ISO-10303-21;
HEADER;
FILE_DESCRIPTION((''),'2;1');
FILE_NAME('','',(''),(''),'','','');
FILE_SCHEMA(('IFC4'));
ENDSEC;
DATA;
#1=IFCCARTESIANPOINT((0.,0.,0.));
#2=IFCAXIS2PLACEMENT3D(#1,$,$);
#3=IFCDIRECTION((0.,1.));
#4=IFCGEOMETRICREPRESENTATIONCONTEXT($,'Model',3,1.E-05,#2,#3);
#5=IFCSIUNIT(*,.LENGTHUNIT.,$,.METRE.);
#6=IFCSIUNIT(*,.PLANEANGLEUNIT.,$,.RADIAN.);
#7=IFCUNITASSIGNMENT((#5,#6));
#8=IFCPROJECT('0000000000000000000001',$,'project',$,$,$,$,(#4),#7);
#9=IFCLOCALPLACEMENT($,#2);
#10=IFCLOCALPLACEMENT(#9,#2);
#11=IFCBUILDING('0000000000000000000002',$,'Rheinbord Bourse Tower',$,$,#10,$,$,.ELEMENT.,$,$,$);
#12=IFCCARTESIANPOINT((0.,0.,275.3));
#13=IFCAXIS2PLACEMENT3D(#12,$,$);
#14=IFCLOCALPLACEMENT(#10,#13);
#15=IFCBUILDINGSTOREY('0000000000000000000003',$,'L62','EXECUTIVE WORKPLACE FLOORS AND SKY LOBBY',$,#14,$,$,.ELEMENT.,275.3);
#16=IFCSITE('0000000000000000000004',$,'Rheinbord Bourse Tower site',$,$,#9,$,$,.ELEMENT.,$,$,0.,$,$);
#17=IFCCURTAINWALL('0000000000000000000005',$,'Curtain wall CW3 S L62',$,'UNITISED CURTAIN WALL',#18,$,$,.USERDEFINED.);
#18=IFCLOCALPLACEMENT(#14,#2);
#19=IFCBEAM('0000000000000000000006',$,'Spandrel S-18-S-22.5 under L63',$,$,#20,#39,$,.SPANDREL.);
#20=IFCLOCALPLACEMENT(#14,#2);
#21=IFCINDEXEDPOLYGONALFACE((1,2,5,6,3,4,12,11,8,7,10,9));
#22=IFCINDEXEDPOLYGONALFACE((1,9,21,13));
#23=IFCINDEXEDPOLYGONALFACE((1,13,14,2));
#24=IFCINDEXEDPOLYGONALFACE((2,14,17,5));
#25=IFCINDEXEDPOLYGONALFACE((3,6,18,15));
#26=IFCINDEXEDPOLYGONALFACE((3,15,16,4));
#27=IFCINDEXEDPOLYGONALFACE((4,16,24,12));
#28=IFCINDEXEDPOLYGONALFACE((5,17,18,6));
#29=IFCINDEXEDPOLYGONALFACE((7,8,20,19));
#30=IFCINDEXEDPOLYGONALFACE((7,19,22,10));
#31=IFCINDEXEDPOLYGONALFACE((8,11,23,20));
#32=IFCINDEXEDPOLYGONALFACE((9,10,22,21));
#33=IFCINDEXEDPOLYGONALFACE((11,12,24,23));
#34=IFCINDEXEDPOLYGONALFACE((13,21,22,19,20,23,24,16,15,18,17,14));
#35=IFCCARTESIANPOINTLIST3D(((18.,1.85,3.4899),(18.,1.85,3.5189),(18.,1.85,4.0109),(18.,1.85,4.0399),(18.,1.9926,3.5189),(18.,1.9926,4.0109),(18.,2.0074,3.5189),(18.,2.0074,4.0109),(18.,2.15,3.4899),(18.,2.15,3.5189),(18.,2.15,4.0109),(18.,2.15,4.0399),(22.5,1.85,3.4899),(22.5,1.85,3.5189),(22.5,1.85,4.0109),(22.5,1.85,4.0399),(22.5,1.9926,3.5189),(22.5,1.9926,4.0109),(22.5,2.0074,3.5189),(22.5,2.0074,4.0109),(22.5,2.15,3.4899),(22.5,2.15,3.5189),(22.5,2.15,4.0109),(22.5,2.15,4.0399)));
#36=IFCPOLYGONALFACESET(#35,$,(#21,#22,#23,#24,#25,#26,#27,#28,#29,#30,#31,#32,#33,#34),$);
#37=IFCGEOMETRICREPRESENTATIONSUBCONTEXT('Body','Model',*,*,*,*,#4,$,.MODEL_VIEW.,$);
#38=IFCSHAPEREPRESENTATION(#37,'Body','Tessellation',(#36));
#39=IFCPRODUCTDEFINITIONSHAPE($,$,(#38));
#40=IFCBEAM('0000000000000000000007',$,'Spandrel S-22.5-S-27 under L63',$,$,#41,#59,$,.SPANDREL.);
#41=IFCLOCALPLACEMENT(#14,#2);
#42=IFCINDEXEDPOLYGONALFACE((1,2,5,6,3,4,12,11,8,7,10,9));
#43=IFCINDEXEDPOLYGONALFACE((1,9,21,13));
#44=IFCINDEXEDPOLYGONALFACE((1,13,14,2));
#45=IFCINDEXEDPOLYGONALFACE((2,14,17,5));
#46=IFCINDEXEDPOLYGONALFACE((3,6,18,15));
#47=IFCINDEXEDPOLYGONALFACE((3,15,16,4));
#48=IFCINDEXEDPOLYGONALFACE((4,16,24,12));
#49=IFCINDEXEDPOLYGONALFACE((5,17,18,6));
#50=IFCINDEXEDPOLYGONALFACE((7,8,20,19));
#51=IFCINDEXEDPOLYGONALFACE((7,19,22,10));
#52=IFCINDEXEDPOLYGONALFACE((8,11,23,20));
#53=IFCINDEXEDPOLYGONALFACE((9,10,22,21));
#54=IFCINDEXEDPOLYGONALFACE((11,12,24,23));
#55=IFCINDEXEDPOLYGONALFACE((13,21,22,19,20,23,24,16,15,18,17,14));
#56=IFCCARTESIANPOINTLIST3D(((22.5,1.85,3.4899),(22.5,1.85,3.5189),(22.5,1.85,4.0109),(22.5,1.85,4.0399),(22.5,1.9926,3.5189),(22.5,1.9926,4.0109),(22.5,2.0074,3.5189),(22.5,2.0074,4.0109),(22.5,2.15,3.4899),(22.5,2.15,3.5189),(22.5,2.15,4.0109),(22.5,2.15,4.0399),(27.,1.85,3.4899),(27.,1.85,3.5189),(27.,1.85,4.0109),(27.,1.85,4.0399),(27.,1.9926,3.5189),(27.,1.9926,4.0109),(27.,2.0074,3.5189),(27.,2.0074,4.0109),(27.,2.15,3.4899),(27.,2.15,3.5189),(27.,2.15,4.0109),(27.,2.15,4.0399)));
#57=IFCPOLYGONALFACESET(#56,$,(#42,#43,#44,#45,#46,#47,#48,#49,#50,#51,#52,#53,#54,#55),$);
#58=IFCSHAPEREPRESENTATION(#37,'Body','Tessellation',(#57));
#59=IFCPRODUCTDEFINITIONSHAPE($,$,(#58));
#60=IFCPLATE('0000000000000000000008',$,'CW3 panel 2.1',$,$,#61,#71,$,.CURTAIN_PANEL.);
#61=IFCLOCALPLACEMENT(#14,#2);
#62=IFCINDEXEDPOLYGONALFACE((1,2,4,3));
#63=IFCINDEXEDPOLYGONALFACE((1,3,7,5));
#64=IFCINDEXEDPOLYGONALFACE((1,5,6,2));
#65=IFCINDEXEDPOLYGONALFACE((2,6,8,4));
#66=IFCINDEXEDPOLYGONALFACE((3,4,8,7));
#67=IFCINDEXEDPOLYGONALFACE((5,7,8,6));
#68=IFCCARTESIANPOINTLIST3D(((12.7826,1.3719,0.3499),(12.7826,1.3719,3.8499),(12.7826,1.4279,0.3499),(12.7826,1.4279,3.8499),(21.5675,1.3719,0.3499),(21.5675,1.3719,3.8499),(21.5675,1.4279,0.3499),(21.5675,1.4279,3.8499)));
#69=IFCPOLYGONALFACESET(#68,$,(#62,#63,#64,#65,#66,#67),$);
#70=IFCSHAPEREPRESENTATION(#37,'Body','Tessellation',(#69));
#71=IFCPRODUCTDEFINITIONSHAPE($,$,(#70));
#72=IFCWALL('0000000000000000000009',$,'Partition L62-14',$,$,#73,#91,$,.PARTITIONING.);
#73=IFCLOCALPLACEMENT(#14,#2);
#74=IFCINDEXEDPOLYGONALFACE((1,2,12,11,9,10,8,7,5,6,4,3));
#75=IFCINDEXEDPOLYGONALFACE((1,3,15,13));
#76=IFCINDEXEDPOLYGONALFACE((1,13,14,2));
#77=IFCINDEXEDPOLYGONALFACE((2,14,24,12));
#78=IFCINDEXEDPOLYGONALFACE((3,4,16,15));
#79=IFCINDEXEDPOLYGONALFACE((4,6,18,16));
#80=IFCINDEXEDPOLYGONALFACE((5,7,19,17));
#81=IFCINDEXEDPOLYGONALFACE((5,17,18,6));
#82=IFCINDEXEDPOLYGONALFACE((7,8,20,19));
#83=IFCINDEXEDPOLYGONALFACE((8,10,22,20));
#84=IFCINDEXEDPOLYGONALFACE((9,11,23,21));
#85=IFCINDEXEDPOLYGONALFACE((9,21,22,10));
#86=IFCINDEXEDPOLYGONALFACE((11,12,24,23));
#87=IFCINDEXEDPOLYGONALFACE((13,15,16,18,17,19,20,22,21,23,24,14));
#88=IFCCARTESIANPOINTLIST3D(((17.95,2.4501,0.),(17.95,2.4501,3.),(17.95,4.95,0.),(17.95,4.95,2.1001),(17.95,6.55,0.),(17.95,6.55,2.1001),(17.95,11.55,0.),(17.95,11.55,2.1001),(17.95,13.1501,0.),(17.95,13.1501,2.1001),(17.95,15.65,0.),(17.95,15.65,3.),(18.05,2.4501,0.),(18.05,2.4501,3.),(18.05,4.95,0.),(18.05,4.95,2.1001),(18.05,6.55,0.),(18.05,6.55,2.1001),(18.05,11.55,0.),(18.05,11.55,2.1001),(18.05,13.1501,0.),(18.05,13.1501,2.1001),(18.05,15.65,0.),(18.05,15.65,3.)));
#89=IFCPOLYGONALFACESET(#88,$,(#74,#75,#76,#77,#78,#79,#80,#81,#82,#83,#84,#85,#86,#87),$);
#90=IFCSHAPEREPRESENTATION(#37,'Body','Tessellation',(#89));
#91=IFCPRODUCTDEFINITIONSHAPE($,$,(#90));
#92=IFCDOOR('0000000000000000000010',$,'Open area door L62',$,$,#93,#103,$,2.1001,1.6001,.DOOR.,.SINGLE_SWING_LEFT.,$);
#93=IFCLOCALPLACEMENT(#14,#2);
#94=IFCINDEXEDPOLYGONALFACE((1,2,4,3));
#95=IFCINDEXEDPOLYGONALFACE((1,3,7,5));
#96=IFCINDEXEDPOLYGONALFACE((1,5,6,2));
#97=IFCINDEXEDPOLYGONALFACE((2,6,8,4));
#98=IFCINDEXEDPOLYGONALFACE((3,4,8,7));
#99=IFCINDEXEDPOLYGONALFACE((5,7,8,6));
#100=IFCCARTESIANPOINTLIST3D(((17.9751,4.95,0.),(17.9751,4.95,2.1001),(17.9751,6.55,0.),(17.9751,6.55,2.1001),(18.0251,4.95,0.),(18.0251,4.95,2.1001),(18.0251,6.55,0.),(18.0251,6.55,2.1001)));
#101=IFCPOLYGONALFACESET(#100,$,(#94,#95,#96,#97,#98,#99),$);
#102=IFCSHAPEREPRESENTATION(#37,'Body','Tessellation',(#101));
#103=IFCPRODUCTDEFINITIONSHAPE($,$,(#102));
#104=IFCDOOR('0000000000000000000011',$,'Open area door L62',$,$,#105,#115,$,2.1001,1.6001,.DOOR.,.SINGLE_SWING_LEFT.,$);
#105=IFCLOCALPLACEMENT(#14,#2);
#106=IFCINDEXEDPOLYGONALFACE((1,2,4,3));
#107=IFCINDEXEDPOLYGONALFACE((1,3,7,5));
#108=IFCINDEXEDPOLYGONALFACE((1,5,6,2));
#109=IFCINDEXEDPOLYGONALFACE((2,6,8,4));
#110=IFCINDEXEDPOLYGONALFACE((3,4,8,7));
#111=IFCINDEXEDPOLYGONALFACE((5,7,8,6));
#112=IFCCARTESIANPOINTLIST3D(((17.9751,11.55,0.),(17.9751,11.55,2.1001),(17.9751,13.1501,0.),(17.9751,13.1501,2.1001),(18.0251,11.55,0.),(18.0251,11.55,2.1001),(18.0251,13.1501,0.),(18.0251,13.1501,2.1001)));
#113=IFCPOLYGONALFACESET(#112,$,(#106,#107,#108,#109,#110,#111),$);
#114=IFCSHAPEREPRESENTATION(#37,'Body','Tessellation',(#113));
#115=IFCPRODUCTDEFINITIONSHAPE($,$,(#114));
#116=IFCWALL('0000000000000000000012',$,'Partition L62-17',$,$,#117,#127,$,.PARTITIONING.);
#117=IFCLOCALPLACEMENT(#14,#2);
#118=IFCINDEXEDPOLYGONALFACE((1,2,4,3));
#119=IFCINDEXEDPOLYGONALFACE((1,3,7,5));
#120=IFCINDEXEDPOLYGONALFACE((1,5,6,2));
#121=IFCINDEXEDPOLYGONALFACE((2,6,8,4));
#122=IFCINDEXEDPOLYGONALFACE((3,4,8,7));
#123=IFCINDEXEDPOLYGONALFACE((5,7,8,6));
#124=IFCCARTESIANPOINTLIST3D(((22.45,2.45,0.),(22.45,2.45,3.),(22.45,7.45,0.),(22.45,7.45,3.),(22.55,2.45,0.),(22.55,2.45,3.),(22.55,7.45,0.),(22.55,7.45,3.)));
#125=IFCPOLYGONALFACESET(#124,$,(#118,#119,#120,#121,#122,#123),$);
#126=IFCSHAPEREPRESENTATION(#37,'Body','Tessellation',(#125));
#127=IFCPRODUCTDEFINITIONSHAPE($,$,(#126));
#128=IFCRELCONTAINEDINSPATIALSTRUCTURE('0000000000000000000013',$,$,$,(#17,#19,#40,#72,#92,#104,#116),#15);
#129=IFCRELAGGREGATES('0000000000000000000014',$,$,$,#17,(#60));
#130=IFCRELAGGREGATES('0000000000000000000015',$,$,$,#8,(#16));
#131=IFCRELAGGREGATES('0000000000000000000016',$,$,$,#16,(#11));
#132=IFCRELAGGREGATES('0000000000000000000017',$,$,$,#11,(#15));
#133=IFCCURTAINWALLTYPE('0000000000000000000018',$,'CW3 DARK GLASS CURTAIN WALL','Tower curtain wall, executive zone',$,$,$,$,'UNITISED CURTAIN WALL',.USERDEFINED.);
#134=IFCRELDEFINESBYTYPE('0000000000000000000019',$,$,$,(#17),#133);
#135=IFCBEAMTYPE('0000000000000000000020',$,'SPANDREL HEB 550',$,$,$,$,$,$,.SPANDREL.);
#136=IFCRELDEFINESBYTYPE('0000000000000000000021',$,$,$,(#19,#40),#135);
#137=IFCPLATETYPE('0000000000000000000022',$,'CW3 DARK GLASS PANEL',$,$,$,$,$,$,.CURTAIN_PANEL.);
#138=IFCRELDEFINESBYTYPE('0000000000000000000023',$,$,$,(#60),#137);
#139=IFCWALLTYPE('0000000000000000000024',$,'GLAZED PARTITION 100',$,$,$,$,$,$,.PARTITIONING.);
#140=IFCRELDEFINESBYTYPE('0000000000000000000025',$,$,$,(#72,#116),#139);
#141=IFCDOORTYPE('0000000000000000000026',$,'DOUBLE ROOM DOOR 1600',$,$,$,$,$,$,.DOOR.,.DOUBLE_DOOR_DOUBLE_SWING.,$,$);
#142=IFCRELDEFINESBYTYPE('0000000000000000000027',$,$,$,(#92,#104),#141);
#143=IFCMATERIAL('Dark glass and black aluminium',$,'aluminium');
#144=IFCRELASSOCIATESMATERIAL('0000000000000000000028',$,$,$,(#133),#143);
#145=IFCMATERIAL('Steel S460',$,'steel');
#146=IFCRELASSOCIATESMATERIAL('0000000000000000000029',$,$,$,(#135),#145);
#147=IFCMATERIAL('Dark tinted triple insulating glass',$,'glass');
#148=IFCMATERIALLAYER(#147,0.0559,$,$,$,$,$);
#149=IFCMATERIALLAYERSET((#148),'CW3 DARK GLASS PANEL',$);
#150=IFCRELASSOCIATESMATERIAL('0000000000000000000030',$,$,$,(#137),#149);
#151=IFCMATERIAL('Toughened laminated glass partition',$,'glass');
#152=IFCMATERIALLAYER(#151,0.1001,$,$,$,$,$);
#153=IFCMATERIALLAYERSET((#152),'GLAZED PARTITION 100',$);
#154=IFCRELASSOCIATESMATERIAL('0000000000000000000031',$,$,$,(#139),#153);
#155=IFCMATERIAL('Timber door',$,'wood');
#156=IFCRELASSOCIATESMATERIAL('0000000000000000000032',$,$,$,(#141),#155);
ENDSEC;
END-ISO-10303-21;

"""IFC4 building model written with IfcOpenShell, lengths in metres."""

from ifc_helpers import new_model, si_unit, direction, frame, frame_2d, origin, origin_2d, place, context, subcontext, project, spatial, rectangle, i_section, extrude, material, layer, layer_set, material_profile, profile_set, type_object, element, fill, aggregate, save


model = new_model("IFC4")

# Units and contexts
model_context = context("Model", 3, precision=1e-05, world=origin(), true_north=direction((0.0, 1.0)))
body_context = subcontext(model_context, "Body", "Model", "MODEL_VIEW")
ifc_project = project(units=[si_unit("LENGTHUNIT", "METRE"), si_unit("PLANEANGLEUNIT", "RADIAN")], contexts=[model_context])

# Site, building, storey
site_placement = place(None, origin())
site = spatial("IfcSite", under=ifc_project, at=site_placement, Name="Rheinbord Bourse Tower site", CompositionType="ELEMENT", RefElevation=0.0)
building_placement = place(site_placement, origin())
building = spatial("IfcBuilding", under=site, at=building_placement, Name="Rheinbord Bourse Tower", CompositionType="ELEMENT")
storey_placement = place(building_placement, frame((0.0, 0.0, 275.3)))
storey = spatial("IfcBuildingStorey", under=building, at=storey_placement, Name="L62", Description="EXECUTIVE WORKPLACE FLOORS AND SKY LOBBY", CompositionType="ELEMENT", Elevation=275.3)

# Curtain wall
ifc_material_1 = material(Name="Dark glass and black aluminium", Category="aluminium")
curtain_wall_type = type_object("IfcCurtainWallType", Name="CW3 DARK GLASS CURTAIN WALL", Description="Tower curtain wall, executive zone", ElementType="UNITISED CURTAIN WALL", PredefinedType="USERDEFINED", material=ifc_material_1)
curtain_wall_placement = place(storey_placement, origin())
curtain_wall = element("IfcCurtainWall", 1, at=curtain_wall_placement, inside=storey, type_object=curtain_wall_type, Name="Curtain wall CW3 S L62", ObjectType="UNITISED CURTAIN WALL", PredefinedType="USERDEFINED")

# Beams
ifc_material_2 = material(Name="Steel S460", Category="steel")
ifc_material_profile_1 = material_profile(ifc_material_2, i_section(OverallWidth=0.3, OverallDepth=0.55, WebThickness=0.0149, FlangeThickness=0.0291, at=origin_2d()), Name="HEB 550")
ifc_profile_set_1 = profile_set([ifc_material_profile_1], Name="Steel S460")
beam_type_1 = type_object("IfcBeamType", Name="SPANDREL HEB 550", PredefinedType="SPANDREL", material=ifc_profile_set_1)
for number, where, z_axis, x_axis, name in (
    (2, (18.0, 2.0, 3.7649), (1.0, 0.0, 0.0), (0.0, 1.0, 0.0), "Spandrel S-18-S-22.5 under L63"),
    (3, (22.5, 2.0, 3.7649), (1.0, 0.0, 0.0), (0.0, 1.0, 0.0), "Spandrel S-22.5-S-27 under L63"),
):
    element("IfcBeam", number, at=place(storey_placement, frame(where, z_axis=z_axis, x_axis=x_axis)), inside=storey, type_object=beam_type_1, Name=name, PredefinedType="SPANDREL", context=body_context, shape_type="SweptSolid", body=[
        extrude(i_section(OverallWidth=0.3, OverallDepth=0.55, WebThickness=0.0149, FlangeThickness=0.0291, at=origin_2d()), origin(), (0.0, 0.0, 1.0), 4.5),
    ])

# Plate
ifc_material_3 = material(Name="Dark tinted triple insulating glass", Category="glass")
ifc_layer_1 = layer(ifc_material_3, 0.0559)
ifc_layer_set_1 = layer_set([ifc_layer_1], Name="CW3 DARK GLASS PANEL")
plate_type = type_object("IfcPlateType", Name="CW3 DARK GLASS PANEL", PredefinedType="CURTAIN_PANEL", material=ifc_layer_set_1)
plate_placement = place(storey_placement, frame((17.175, 1.3999, 0.3499), z_axis=(0.0, 0.0, 1.0), x_axis=(1.0, 0.0, 0.0)))
plate = element("IfcPlate", 4, at=plate_placement, type_object=plate_type, Name="CW3 panel 2.1", PredefinedType="CURTAIN_PANEL", context=body_context, shape_type="SweptSolid", body=[
    extrude(rectangle(XDim=8.7849, YDim=0.0559, at=origin_2d()), origin(), (0.0, 0.0, 1.0), 3.5),
])
aggregate(curtain_wall, [plate])

# Wall, openings, doors
ifc_material_4 = material(Name="Toughened laminated glass partition", Category="glass")
ifc_layer_2 = layer(ifc_material_4, 0.1001)
ifc_layer_set_2 = layer_set([ifc_layer_2], Name="GLAZED PARTITION 100")
wall_type = type_object("IfcWallType", Name="GLAZED PARTITION 100", PredefinedType="PARTITIONING", material=ifc_layer_set_2)
wall_1_placement = place(storey_placement, frame((18.0, 2.45, 0.0), z_axis=(0.0, 0.0, 1.0), x_axis=(0.0, 1.0, 0.0)))
wall_1 = element("IfcWall", 5, at=wall_1_placement, inside=storey, type_object=wall_type, Name="Partition L62-14", PredefinedType="PARTITIONING", context=body_context, shape_type="SweptSolid", body=[
    extrude(rectangle(XDim=13.2, YDim=0.1001, at=frame_2d((6.6001, 0.0))), origin(), (0.0, 0.0, 1.0), 3.0),
])
opening_1_placement = place(wall_1_placement, frame((2.5, 0.0, 0.0)))
opening_1 = element("IfcOpeningElement", 6, at=opening_1_placement, cuts=wall_1, PredefinedType="OPENING", context=body_context, shape_type="SweptSolid", body=[
    extrude(rectangle(XDim=1.6001, YDim=2.1001, at=frame_2d((0.8, 1.05))), frame((0.0, 0.0601, 0.0), z_axis=(0.0, -1.0, 0.0), x_axis=(1.0, 0.0, 0.0)), (0.0, 0.0, 1.0), 0.1201),
])
opening_2_placement = place(wall_1_placement, frame((9.1001, 0.0, 0.0)))
opening_2 = element("IfcOpeningElement", 7, at=opening_2_placement, cuts=wall_1, PredefinedType="OPENING", context=body_context, shape_type="SweptSolid", body=[
    extrude(rectangle(XDim=1.6001, YDim=2.1001, at=frame_2d((0.8, 1.05))), frame((0.0, 0.0601, 0.0), z_axis=(0.0, -1.0, 0.0), x_axis=(1.0, 0.0, 0.0)), (0.0, 0.0, 1.0), 0.1201),
])
ifc_material_5 = material(Name="Timber door", Category="wood")
door_type = type_object("IfcDoorType", Name="DOUBLE ROOM DOOR 1600", OperationType="DOUBLE_DOOR_DOUBLE_SWING", PredefinedType="DOOR", material=ifc_material_5)
door_1_placement = place(opening_1_placement, origin())
door_1 = element("IfcDoor", 8, at=door_1_placement, inside=storey, type_object=door_type, Name="Open area door L62", OperationType="SINGLE_SWING_LEFT", OverallHeight=2.1001, OverallWidth=1.6001, PredefinedType="DOOR", context=body_context, shape_type="SweptSolid", body=[
    extrude(rectangle(XDim=1.6001, YDim=2.1001, at=frame_2d((0.8, 1.05))), frame((0.0, 0.0249, 0.0), z_axis=(0.0, -1.0, 0.0), x_axis=(1.0, 0.0, 0.0)), (0.0, 0.0, 1.0), 0.05),
])
fill(opening_1, door_1)
door_2_placement = place(opening_2_placement, origin())
door_2 = element("IfcDoor", 9, at=door_2_placement, inside=storey, type_object=door_type, Name="Open area door L62", OperationType="SINGLE_SWING_LEFT", OverallHeight=2.1001, OverallWidth=1.6001, PredefinedType="DOOR", context=body_context, shape_type="SweptSolid", body=[
    extrude(rectangle(XDim=1.6001, YDim=2.1001, at=frame_2d((0.8, 1.05))), frame((0.0, 0.0249, 0.0), z_axis=(0.0, -1.0, 0.0), x_axis=(1.0, 0.0, 0.0)), (0.0, 0.0, 1.0), 0.05),
])
fill(opening_2, door_2)

# Wall
wall_2_placement = place(storey_placement, frame((22.5, 2.45, 0.0), z_axis=(0.0, 0.0, 1.0), x_axis=(0.0, 1.0, 0.0)))
element("IfcWall", 10, at=wall_2_placement, inside=storey, type_object=wall_type, Name="Partition L62-17", PredefinedType="PARTITIONING", context=body_context, shape_type="SweptSolid", body=[
    extrude(rectangle(XDim=5.0, YDim=0.1001, at=frame_2d((2.5, 0.0))), origin(), (0.0, 0.0, 1.0), 3.0),
])

save(model, "model.ifc")
